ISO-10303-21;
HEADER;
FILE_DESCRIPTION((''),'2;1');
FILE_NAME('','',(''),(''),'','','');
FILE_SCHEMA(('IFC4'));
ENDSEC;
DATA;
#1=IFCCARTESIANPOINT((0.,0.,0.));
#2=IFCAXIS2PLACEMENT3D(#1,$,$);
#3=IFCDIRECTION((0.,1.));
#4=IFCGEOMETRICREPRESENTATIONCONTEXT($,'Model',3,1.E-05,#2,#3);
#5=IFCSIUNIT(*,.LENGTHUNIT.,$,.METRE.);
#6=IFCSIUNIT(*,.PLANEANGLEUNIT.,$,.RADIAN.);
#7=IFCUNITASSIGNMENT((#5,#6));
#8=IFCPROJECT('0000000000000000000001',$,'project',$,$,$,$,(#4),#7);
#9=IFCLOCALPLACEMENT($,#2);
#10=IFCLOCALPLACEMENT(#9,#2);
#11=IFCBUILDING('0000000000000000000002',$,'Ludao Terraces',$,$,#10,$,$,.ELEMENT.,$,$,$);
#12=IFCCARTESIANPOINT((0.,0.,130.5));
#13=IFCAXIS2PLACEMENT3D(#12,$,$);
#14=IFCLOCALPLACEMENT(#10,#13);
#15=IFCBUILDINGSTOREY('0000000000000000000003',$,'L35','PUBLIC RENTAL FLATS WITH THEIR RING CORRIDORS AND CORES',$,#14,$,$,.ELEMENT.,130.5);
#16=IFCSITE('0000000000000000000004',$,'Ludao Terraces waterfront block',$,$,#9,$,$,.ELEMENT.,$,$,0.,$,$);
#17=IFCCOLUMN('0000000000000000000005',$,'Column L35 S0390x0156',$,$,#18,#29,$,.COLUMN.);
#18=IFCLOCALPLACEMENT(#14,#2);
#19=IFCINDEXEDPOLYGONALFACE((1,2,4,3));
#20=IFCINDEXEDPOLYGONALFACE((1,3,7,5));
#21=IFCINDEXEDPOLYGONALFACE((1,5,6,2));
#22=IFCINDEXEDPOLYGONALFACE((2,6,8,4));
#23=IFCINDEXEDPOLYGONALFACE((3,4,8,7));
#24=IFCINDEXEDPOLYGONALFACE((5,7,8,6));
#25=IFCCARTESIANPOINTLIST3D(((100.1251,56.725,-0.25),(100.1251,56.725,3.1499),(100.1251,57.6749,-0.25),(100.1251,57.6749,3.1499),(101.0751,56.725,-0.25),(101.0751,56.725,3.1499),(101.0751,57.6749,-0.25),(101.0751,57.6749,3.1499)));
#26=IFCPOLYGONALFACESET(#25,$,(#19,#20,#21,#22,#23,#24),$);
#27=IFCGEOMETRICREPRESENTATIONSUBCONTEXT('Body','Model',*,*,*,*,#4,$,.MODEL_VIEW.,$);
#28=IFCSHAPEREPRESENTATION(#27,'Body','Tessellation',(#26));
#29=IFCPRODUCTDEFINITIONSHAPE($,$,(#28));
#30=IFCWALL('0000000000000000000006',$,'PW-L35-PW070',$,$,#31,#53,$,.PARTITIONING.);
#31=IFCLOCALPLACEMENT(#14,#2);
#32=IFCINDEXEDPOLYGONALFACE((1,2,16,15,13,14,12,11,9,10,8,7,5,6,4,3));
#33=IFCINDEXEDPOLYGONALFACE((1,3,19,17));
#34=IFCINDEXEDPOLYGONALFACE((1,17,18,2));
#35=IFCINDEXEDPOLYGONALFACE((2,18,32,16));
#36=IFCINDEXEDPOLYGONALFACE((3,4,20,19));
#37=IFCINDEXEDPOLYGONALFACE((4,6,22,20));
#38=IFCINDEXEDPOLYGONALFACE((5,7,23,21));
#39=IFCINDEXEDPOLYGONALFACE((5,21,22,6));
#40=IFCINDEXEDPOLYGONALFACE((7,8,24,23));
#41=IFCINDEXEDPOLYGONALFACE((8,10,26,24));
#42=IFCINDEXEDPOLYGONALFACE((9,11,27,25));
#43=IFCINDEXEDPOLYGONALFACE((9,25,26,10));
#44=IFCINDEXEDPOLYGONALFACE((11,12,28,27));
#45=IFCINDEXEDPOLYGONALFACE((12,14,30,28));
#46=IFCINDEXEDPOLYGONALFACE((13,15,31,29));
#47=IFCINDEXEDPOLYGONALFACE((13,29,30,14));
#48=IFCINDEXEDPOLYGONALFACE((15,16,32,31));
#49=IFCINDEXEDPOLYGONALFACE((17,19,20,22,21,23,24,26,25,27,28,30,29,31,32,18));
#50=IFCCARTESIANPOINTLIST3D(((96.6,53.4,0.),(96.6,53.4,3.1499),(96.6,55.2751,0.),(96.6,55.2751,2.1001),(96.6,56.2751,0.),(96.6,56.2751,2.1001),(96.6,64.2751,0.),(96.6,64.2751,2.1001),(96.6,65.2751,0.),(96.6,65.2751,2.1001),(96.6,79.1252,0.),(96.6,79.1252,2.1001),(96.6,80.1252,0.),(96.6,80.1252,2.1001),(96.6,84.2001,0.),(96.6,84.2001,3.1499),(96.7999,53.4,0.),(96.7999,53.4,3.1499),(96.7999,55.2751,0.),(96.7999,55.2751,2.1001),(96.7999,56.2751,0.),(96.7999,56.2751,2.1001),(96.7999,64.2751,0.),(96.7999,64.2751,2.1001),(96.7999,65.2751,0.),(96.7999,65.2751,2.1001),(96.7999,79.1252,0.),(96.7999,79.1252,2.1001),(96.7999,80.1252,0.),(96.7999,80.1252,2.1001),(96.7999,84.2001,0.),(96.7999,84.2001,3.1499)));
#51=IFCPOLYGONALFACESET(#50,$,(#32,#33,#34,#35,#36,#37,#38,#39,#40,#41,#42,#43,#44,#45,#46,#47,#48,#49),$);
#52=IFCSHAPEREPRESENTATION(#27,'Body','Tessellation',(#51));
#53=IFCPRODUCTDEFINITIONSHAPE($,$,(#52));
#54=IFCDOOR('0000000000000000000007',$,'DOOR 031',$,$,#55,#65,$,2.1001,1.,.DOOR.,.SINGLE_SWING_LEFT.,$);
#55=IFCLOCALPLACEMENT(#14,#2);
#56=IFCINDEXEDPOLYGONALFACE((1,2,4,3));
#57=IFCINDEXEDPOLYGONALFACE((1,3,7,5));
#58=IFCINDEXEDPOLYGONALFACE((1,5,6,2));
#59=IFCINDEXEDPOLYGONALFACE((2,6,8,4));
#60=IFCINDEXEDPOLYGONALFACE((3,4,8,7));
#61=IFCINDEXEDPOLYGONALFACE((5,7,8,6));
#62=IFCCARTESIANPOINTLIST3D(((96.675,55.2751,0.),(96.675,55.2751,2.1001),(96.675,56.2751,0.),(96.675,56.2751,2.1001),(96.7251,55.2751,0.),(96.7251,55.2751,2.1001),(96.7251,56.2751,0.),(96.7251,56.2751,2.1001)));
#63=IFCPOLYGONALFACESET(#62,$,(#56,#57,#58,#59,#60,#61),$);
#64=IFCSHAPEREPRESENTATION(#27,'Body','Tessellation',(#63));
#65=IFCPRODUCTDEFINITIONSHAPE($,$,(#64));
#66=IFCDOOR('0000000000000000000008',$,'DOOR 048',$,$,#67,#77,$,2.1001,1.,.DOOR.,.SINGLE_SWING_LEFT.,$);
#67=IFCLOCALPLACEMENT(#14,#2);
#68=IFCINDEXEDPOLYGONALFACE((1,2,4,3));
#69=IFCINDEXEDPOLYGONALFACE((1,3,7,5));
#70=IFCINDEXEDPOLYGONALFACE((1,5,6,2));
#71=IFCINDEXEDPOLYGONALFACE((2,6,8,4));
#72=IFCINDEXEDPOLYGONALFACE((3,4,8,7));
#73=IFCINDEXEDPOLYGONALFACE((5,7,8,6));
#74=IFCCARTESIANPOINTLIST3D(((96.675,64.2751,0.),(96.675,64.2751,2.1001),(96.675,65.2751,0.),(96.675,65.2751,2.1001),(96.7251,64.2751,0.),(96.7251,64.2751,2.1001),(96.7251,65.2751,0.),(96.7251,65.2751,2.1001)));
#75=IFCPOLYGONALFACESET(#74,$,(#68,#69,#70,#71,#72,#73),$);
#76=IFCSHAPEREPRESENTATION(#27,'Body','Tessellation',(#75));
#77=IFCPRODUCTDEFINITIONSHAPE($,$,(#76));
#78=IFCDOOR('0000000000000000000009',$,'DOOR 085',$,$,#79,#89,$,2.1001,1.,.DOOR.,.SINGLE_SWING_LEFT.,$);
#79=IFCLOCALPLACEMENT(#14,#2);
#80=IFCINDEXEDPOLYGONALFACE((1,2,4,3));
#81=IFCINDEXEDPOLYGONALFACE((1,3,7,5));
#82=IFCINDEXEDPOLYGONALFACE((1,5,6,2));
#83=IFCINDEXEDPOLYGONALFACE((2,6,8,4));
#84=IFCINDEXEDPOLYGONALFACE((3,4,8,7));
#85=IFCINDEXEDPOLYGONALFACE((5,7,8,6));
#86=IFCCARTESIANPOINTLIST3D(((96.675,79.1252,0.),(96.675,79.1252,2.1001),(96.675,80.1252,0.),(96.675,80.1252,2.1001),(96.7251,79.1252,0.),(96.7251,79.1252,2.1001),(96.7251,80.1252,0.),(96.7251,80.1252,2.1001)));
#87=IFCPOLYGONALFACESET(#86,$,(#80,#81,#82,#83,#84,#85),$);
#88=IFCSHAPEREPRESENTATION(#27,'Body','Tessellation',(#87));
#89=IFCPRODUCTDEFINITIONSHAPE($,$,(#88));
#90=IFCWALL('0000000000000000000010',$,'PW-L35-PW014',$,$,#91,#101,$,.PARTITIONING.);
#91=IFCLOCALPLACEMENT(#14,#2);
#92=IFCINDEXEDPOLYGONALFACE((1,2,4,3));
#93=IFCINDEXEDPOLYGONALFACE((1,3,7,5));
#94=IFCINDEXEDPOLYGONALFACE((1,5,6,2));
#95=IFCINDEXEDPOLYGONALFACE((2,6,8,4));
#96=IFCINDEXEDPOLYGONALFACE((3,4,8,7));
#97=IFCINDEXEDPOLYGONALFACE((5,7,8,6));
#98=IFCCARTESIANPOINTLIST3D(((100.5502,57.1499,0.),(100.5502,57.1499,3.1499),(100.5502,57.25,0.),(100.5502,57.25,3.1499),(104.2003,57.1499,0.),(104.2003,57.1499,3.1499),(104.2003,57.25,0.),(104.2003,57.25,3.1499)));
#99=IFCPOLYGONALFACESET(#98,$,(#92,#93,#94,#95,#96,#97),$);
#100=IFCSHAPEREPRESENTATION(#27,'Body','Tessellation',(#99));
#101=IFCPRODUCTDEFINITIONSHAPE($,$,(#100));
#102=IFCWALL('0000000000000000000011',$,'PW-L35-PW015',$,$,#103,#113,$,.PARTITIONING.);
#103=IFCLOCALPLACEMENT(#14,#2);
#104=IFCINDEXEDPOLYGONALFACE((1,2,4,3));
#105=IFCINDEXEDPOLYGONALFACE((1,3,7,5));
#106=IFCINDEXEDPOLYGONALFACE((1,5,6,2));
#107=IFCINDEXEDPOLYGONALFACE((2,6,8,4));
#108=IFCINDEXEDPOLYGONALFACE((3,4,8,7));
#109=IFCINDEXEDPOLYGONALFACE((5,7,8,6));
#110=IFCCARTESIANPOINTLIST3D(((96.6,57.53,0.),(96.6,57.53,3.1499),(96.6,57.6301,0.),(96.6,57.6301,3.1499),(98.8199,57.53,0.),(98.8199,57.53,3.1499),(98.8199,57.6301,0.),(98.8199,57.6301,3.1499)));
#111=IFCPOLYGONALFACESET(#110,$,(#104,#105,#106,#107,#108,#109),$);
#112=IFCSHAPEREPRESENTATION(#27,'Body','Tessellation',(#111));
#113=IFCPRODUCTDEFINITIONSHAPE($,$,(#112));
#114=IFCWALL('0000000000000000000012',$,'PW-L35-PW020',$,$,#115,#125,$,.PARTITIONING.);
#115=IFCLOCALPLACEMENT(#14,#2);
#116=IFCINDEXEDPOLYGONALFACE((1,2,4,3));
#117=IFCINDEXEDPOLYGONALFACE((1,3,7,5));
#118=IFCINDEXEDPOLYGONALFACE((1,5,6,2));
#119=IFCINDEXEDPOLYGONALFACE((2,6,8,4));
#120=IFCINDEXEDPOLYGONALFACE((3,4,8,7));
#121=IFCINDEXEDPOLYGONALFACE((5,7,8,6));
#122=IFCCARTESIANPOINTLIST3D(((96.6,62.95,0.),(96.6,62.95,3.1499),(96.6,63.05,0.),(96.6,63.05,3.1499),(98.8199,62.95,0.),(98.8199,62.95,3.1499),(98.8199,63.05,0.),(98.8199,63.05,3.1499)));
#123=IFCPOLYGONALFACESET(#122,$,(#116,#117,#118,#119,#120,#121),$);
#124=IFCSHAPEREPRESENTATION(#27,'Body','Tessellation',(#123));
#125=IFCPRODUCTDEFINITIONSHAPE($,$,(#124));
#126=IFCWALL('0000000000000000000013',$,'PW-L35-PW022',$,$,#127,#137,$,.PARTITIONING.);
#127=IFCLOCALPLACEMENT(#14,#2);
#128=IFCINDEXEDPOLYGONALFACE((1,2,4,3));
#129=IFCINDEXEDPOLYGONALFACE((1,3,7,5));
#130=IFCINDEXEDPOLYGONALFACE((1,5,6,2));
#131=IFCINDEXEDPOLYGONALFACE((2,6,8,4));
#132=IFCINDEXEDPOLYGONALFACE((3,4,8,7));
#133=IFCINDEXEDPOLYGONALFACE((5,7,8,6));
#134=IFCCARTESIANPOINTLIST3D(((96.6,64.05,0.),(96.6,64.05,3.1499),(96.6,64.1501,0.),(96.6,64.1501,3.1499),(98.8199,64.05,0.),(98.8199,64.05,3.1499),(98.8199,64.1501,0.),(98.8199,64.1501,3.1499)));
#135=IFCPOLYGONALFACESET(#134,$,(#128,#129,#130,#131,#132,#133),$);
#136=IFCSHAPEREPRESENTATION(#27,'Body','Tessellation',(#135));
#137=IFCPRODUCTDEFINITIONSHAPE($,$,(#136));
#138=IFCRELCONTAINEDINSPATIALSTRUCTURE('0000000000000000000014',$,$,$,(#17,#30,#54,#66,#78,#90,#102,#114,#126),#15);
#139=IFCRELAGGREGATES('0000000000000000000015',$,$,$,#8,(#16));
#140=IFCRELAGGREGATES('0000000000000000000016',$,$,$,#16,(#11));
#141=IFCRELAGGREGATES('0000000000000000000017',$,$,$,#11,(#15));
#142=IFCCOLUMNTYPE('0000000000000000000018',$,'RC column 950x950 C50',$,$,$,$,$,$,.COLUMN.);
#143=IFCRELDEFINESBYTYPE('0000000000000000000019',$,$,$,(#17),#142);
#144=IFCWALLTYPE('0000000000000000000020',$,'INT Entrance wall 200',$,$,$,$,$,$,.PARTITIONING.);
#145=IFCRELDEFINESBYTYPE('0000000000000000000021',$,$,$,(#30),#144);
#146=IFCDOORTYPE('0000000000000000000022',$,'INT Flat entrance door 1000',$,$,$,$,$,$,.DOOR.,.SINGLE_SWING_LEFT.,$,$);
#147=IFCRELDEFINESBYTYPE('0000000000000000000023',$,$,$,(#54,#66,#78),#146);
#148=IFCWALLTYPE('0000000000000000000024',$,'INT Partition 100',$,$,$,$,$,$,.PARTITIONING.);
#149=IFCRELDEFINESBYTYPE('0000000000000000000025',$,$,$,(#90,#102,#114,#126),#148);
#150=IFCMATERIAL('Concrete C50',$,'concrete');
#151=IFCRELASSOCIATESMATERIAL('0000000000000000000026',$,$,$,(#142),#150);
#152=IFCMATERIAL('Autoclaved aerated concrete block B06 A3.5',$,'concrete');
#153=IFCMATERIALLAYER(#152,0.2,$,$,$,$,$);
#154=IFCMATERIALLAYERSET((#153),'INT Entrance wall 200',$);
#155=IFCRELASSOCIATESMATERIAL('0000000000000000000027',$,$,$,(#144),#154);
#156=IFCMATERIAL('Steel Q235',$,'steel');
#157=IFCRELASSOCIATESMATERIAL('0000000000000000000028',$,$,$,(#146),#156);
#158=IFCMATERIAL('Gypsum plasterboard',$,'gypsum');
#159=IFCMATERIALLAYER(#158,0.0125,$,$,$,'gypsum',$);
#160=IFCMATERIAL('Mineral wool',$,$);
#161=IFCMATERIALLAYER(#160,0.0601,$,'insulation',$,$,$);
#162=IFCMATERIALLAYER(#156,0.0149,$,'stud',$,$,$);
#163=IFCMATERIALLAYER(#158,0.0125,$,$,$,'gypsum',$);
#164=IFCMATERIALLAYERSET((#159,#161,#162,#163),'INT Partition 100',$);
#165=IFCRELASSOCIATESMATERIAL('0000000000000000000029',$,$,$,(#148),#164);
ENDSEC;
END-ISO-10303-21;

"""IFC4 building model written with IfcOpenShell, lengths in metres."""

from ifc_helpers import new_model, si_unit, direction, frame, frame_2d, origin, origin_2d, place, context, subcontext, project, spatial, rectangle, extrude, material, layer, layer_set, material_profile, profile_set, type_object, element, fill, save


model = new_model("IFC4")

# Units and contexts
model_context = context("Model", 3, precision=1e-05, world=origin(), true_north=direction((0.0, 1.0)))
body_context = subcontext(model_context, "Body", "Model", "MODEL_VIEW")
ifc_project = project(units=[si_unit("LENGTHUNIT", "METRE"), si_unit("PLANEANGLEUNIT", "RADIAN")], contexts=[model_context])

# Site, building, storey
site_placement = place(None, origin())
site = spatial("IfcSite", under=ifc_project, at=site_placement, Name="Ludao Terraces waterfront block", CompositionType="ELEMENT", RefElevation=0.0)
building_placement = place(site_placement, origin())
building = spatial("IfcBuilding", under=site, at=building_placement, Name="Ludao Terraces", CompositionType="ELEMENT")
storey_placement = place(building_placement, frame((0.0, 0.0, 130.5)))
storey = spatial("IfcBuildingStorey", under=building, at=storey_placement, Name="L35", Description="PUBLIC RENTAL FLATS WITH THEIR RING CORRIDORS AND CORES", CompositionType="ELEMENT", Elevation=130.5)

# Column
ifc_material_1 = material(Name="Concrete C50", Category="concrete")
ifc_material_profile = material_profile(ifc_material_1, rectangle(XDim=0.95, YDim=0.95, at=origin_2d()), Name="950 X 950")
ifc_profile_set = profile_set([ifc_material_profile], Name="Concrete C50")
column_type = type_object("IfcColumnType", Name="RC column 950x950 C50", PredefinedType="COLUMN", material=ifc_profile_set)
column_placement = place(storey_placement, frame((100.6001, 57.2, -0.25), z_axis=(0.0, 0.0, 1.0), x_axis=(1.0, 0.0, 0.0)))
element("IfcColumn", 1, at=column_placement, inside=storey, type_object=column_type, Name="Column L35 S0390x0156", PredefinedType="COLUMN", context=body_context, shape_type="SweptSolid", body=[
    extrude(rectangle(XDim=0.95, YDim=0.95, at=origin_2d()), origin(), (0.0, 0.0, 1.0), 3.3999),
])

# Shared definitions
ifc_material_2 = material(Name="Mineral wool")

# Wall, openings, doors
ifc_material_3 = material(Name="Autoclaved aerated concrete block B06 A3.5", Category="concrete")
ifc_layer_1 = layer(ifc_material_3, 0.2)
ifc_layer_set_1 = layer_set([ifc_layer_1], Name="INT Entrance wall 200")
wall_type_1 = type_object("IfcWallType", Name="INT Entrance wall 200", PredefinedType="PARTITIONING", material=ifc_layer_set_1)
wall_1_placement = place(storey_placement, frame((96.7, 53.4001, 0.0), z_axis=(0.0, 0.0, 1.0), x_axis=(0.0, 1.0, 0.0)))
wall_1 = element("IfcWall", 2, at=wall_1_placement, inside=storey, type_object=wall_type_1, Name="PW-L35-PW070", PredefinedType="PARTITIONING", context=body_context, shape_type="SweptSolid", body=[
    extrude(rectangle(XDim=30.8, YDim=0.2, at=frame_2d((15.3999, 0.0))), origin(), (0.0, 0.0, 1.0), 3.1499),
])
opening_1_placement = place(wall_1_placement, frame((1.875, 0.0, 0.0)))
opening_1 = element("IfcOpeningElement", 3, at=opening_1_placement, cuts=wall_1, PredefinedType="OPENING", context=body_context, shape_type="SweptSolid", body=[
    extrude(rectangle(XDim=1.0, YDim=2.1001, at=frame_2d((0.5, 1.05))), frame((0.0, 0.1099, 0.0), z_axis=(0.0, -1.0, 0.0), x_axis=(1.0, 0.0, 0.0)), (0.0, 0.0, 1.0), 0.22),
])
opening_2_placement = place(wall_1_placement, frame((10.875, 0.0, 0.0)))
opening_2 = element("IfcOpeningElement", 4, at=opening_2_placement, cuts=wall_1, PredefinedType="OPENING", context=body_context, shape_type="SweptSolid", body=[
    extrude(rectangle(XDim=1.0, YDim=2.1001, at=frame_2d((0.5, 1.05))), frame((0.0, 0.1099, 0.0), z_axis=(0.0, -1.0, 0.0), x_axis=(1.0, 0.0, 0.0)), (0.0, 0.0, 1.0), 0.22),
])
opening_3_placement = place(wall_1_placement, frame((25.7251, 0.0, 0.0)))
opening_3 = element("IfcOpeningElement", 5, at=opening_3_placement, cuts=wall_1, PredefinedType="OPENING", context=body_context, shape_type="SweptSolid", body=[
    extrude(rectangle(XDim=1.0, YDim=2.1001, at=frame_2d((0.5, 1.05))), frame((0.0, 0.1099, 0.0), z_axis=(0.0, -1.0, 0.0), x_axis=(1.0, 0.0, 0.0)), (0.0, 0.0, 1.0), 0.22),
])
ifc_material_4 = material(Name="Steel Q235", Category="steel")
door_type_1 = type_object("IfcDoorType", Name="INT Flat entrance door 1000", OperationType="SINGLE_SWING_LEFT", PredefinedType="DOOR", material=ifc_material_4)
door_1_placement = place(opening_1_placement, origin())
door_1 = element("IfcDoor", 6, at=door_1_placement, inside=storey, type_object=door_type_1, Name="DOOR 031", OperationType="SINGLE_SWING_LEFT", OverallHeight=2.1001, OverallWidth=1.0, PredefinedType="DOOR", context=body_context, shape_type="SweptSolid", body=[
    extrude(rectangle(XDim=1.0, YDim=2.1001, at=frame_2d((0.5, 1.05))), frame((0.0, 0.0249, 0.0), z_axis=(0.0, -1.0, 0.0), x_axis=(1.0, 0.0, 0.0)), (0.0, 0.0, 1.0), 0.05),
])
fill(opening_1, door_1)
door_2_placement = place(opening_2_placement, origin())
door_2 = element("IfcDoor", 7, at=door_2_placement, inside=storey, type_object=door_type_1, Name="DOOR 048", OperationType="SINGLE_SWING_LEFT", OverallHeight=2.1001, OverallWidth=1.0, PredefinedType="DOOR", context=body_context, shape_type="SweptSolid", body=[
    extrude(rectangle(XDim=1.0, YDim=2.1001, at=frame_2d((0.5, 1.05))), frame((0.0, 0.0249, 0.0), z_axis=(0.0, -1.0, 0.0), x_axis=(1.0, 0.0, 0.0)), (0.0, 0.0, 1.0), 0.05),
])
fill(opening_2, door_2)
door_3_placement = place(opening_3_placement, origin())
door_3 = element("IfcDoor", 8, at=door_3_placement, inside=storey, type_object=door_type_1, Name="DOOR 085", OperationType="SINGLE_SWING_LEFT", OverallHeight=2.1001, OverallWidth=1.0, PredefinedType="DOOR", context=body_context, shape_type="SweptSolid", body=[
    extrude(rectangle(XDim=1.0, YDim=2.1001, at=frame_2d((0.5, 1.05))), frame((0.0, 0.0249, 0.0), z_axis=(0.0, -1.0, 0.0), x_axis=(1.0, 0.0, 0.0)), (0.0, 0.0, 1.0), 0.05),
])
fill(opening_3, door_3)

# Walls
ifc_material_5 = material(Name="Gypsum plasterboard", Category="gypsum")
ifc_layer_2 = layer(ifc_material_5, 0.0125, Category="gypsum")
ifc_layer_3 = layer(ifc_material_2, 0.0601, Name="insulation")
ifc_layer_4 = layer(ifc_material_4, 0.0149, Name="stud")
ifc_layer_5 = layer(ifc_material_5, 0.0125, Category="gypsum")
ifc_layer_set_2 = layer_set([ifc_layer_2, ifc_layer_3, ifc_layer_4, ifc_layer_5], Name="INT Partition 100")
wall_type_2 = type_object("IfcWallType", Name="INT Partition 100", PredefinedType="PARTITIONING", material=ifc_layer_set_2)
wall_2_placement = place(storey_placement, frame((100.55, 57.2, 0.0), z_axis=(0.0, 0.0, 1.0), x_axis=(1.0, 0.0, 0.0)))
element("IfcWall", 9, at=wall_2_placement, inside=storey, type_object=wall_type_2, Name="PW-L35-PW014", PredefinedType="PARTITIONING", context=body_context, shape_type="SweptSolid", body=[
    extrude(rectangle(XDim=3.6501, YDim=0.1001, at=frame_2d((1.8252, 0.0))), origin(), (0.0, 0.0, 1.0), 3.1499),
])
for number, where, z_axis, x_axis, name in (
    (10, (96.6001, 57.5801, 0.0), (0.0, 0.0, 1.0), (1.0, 0.0, 0.0), "PW-L35-PW015"),
    (11, (96.6001, 63.0, 0.0), (0.0, 0.0, 1.0), (1.0, 0.0, 0.0), "PW-L35-PW020"),
    (12, (96.6001, 64.1001, 0.0), (0.0, 0.0, 1.0), (1.0, 0.0, 0.0), "PW-L35-PW022"),
):
    element("IfcWall", number, at=place(storey_placement, frame(where, z_axis=z_axis, x_axis=x_axis)), inside=storey, type_object=wall_type_2, Name=name, PredefinedType="PARTITIONING", context=body_context, shape_type="SweptSolid", body=[
        extrude(rectangle(XDim=2.22, YDim=0.1001, at=frame_2d((1.1099, 0.0))), origin(), (0.0, 0.0, 1.0), 3.1499),
    ])

save(model, "model.ifc")
